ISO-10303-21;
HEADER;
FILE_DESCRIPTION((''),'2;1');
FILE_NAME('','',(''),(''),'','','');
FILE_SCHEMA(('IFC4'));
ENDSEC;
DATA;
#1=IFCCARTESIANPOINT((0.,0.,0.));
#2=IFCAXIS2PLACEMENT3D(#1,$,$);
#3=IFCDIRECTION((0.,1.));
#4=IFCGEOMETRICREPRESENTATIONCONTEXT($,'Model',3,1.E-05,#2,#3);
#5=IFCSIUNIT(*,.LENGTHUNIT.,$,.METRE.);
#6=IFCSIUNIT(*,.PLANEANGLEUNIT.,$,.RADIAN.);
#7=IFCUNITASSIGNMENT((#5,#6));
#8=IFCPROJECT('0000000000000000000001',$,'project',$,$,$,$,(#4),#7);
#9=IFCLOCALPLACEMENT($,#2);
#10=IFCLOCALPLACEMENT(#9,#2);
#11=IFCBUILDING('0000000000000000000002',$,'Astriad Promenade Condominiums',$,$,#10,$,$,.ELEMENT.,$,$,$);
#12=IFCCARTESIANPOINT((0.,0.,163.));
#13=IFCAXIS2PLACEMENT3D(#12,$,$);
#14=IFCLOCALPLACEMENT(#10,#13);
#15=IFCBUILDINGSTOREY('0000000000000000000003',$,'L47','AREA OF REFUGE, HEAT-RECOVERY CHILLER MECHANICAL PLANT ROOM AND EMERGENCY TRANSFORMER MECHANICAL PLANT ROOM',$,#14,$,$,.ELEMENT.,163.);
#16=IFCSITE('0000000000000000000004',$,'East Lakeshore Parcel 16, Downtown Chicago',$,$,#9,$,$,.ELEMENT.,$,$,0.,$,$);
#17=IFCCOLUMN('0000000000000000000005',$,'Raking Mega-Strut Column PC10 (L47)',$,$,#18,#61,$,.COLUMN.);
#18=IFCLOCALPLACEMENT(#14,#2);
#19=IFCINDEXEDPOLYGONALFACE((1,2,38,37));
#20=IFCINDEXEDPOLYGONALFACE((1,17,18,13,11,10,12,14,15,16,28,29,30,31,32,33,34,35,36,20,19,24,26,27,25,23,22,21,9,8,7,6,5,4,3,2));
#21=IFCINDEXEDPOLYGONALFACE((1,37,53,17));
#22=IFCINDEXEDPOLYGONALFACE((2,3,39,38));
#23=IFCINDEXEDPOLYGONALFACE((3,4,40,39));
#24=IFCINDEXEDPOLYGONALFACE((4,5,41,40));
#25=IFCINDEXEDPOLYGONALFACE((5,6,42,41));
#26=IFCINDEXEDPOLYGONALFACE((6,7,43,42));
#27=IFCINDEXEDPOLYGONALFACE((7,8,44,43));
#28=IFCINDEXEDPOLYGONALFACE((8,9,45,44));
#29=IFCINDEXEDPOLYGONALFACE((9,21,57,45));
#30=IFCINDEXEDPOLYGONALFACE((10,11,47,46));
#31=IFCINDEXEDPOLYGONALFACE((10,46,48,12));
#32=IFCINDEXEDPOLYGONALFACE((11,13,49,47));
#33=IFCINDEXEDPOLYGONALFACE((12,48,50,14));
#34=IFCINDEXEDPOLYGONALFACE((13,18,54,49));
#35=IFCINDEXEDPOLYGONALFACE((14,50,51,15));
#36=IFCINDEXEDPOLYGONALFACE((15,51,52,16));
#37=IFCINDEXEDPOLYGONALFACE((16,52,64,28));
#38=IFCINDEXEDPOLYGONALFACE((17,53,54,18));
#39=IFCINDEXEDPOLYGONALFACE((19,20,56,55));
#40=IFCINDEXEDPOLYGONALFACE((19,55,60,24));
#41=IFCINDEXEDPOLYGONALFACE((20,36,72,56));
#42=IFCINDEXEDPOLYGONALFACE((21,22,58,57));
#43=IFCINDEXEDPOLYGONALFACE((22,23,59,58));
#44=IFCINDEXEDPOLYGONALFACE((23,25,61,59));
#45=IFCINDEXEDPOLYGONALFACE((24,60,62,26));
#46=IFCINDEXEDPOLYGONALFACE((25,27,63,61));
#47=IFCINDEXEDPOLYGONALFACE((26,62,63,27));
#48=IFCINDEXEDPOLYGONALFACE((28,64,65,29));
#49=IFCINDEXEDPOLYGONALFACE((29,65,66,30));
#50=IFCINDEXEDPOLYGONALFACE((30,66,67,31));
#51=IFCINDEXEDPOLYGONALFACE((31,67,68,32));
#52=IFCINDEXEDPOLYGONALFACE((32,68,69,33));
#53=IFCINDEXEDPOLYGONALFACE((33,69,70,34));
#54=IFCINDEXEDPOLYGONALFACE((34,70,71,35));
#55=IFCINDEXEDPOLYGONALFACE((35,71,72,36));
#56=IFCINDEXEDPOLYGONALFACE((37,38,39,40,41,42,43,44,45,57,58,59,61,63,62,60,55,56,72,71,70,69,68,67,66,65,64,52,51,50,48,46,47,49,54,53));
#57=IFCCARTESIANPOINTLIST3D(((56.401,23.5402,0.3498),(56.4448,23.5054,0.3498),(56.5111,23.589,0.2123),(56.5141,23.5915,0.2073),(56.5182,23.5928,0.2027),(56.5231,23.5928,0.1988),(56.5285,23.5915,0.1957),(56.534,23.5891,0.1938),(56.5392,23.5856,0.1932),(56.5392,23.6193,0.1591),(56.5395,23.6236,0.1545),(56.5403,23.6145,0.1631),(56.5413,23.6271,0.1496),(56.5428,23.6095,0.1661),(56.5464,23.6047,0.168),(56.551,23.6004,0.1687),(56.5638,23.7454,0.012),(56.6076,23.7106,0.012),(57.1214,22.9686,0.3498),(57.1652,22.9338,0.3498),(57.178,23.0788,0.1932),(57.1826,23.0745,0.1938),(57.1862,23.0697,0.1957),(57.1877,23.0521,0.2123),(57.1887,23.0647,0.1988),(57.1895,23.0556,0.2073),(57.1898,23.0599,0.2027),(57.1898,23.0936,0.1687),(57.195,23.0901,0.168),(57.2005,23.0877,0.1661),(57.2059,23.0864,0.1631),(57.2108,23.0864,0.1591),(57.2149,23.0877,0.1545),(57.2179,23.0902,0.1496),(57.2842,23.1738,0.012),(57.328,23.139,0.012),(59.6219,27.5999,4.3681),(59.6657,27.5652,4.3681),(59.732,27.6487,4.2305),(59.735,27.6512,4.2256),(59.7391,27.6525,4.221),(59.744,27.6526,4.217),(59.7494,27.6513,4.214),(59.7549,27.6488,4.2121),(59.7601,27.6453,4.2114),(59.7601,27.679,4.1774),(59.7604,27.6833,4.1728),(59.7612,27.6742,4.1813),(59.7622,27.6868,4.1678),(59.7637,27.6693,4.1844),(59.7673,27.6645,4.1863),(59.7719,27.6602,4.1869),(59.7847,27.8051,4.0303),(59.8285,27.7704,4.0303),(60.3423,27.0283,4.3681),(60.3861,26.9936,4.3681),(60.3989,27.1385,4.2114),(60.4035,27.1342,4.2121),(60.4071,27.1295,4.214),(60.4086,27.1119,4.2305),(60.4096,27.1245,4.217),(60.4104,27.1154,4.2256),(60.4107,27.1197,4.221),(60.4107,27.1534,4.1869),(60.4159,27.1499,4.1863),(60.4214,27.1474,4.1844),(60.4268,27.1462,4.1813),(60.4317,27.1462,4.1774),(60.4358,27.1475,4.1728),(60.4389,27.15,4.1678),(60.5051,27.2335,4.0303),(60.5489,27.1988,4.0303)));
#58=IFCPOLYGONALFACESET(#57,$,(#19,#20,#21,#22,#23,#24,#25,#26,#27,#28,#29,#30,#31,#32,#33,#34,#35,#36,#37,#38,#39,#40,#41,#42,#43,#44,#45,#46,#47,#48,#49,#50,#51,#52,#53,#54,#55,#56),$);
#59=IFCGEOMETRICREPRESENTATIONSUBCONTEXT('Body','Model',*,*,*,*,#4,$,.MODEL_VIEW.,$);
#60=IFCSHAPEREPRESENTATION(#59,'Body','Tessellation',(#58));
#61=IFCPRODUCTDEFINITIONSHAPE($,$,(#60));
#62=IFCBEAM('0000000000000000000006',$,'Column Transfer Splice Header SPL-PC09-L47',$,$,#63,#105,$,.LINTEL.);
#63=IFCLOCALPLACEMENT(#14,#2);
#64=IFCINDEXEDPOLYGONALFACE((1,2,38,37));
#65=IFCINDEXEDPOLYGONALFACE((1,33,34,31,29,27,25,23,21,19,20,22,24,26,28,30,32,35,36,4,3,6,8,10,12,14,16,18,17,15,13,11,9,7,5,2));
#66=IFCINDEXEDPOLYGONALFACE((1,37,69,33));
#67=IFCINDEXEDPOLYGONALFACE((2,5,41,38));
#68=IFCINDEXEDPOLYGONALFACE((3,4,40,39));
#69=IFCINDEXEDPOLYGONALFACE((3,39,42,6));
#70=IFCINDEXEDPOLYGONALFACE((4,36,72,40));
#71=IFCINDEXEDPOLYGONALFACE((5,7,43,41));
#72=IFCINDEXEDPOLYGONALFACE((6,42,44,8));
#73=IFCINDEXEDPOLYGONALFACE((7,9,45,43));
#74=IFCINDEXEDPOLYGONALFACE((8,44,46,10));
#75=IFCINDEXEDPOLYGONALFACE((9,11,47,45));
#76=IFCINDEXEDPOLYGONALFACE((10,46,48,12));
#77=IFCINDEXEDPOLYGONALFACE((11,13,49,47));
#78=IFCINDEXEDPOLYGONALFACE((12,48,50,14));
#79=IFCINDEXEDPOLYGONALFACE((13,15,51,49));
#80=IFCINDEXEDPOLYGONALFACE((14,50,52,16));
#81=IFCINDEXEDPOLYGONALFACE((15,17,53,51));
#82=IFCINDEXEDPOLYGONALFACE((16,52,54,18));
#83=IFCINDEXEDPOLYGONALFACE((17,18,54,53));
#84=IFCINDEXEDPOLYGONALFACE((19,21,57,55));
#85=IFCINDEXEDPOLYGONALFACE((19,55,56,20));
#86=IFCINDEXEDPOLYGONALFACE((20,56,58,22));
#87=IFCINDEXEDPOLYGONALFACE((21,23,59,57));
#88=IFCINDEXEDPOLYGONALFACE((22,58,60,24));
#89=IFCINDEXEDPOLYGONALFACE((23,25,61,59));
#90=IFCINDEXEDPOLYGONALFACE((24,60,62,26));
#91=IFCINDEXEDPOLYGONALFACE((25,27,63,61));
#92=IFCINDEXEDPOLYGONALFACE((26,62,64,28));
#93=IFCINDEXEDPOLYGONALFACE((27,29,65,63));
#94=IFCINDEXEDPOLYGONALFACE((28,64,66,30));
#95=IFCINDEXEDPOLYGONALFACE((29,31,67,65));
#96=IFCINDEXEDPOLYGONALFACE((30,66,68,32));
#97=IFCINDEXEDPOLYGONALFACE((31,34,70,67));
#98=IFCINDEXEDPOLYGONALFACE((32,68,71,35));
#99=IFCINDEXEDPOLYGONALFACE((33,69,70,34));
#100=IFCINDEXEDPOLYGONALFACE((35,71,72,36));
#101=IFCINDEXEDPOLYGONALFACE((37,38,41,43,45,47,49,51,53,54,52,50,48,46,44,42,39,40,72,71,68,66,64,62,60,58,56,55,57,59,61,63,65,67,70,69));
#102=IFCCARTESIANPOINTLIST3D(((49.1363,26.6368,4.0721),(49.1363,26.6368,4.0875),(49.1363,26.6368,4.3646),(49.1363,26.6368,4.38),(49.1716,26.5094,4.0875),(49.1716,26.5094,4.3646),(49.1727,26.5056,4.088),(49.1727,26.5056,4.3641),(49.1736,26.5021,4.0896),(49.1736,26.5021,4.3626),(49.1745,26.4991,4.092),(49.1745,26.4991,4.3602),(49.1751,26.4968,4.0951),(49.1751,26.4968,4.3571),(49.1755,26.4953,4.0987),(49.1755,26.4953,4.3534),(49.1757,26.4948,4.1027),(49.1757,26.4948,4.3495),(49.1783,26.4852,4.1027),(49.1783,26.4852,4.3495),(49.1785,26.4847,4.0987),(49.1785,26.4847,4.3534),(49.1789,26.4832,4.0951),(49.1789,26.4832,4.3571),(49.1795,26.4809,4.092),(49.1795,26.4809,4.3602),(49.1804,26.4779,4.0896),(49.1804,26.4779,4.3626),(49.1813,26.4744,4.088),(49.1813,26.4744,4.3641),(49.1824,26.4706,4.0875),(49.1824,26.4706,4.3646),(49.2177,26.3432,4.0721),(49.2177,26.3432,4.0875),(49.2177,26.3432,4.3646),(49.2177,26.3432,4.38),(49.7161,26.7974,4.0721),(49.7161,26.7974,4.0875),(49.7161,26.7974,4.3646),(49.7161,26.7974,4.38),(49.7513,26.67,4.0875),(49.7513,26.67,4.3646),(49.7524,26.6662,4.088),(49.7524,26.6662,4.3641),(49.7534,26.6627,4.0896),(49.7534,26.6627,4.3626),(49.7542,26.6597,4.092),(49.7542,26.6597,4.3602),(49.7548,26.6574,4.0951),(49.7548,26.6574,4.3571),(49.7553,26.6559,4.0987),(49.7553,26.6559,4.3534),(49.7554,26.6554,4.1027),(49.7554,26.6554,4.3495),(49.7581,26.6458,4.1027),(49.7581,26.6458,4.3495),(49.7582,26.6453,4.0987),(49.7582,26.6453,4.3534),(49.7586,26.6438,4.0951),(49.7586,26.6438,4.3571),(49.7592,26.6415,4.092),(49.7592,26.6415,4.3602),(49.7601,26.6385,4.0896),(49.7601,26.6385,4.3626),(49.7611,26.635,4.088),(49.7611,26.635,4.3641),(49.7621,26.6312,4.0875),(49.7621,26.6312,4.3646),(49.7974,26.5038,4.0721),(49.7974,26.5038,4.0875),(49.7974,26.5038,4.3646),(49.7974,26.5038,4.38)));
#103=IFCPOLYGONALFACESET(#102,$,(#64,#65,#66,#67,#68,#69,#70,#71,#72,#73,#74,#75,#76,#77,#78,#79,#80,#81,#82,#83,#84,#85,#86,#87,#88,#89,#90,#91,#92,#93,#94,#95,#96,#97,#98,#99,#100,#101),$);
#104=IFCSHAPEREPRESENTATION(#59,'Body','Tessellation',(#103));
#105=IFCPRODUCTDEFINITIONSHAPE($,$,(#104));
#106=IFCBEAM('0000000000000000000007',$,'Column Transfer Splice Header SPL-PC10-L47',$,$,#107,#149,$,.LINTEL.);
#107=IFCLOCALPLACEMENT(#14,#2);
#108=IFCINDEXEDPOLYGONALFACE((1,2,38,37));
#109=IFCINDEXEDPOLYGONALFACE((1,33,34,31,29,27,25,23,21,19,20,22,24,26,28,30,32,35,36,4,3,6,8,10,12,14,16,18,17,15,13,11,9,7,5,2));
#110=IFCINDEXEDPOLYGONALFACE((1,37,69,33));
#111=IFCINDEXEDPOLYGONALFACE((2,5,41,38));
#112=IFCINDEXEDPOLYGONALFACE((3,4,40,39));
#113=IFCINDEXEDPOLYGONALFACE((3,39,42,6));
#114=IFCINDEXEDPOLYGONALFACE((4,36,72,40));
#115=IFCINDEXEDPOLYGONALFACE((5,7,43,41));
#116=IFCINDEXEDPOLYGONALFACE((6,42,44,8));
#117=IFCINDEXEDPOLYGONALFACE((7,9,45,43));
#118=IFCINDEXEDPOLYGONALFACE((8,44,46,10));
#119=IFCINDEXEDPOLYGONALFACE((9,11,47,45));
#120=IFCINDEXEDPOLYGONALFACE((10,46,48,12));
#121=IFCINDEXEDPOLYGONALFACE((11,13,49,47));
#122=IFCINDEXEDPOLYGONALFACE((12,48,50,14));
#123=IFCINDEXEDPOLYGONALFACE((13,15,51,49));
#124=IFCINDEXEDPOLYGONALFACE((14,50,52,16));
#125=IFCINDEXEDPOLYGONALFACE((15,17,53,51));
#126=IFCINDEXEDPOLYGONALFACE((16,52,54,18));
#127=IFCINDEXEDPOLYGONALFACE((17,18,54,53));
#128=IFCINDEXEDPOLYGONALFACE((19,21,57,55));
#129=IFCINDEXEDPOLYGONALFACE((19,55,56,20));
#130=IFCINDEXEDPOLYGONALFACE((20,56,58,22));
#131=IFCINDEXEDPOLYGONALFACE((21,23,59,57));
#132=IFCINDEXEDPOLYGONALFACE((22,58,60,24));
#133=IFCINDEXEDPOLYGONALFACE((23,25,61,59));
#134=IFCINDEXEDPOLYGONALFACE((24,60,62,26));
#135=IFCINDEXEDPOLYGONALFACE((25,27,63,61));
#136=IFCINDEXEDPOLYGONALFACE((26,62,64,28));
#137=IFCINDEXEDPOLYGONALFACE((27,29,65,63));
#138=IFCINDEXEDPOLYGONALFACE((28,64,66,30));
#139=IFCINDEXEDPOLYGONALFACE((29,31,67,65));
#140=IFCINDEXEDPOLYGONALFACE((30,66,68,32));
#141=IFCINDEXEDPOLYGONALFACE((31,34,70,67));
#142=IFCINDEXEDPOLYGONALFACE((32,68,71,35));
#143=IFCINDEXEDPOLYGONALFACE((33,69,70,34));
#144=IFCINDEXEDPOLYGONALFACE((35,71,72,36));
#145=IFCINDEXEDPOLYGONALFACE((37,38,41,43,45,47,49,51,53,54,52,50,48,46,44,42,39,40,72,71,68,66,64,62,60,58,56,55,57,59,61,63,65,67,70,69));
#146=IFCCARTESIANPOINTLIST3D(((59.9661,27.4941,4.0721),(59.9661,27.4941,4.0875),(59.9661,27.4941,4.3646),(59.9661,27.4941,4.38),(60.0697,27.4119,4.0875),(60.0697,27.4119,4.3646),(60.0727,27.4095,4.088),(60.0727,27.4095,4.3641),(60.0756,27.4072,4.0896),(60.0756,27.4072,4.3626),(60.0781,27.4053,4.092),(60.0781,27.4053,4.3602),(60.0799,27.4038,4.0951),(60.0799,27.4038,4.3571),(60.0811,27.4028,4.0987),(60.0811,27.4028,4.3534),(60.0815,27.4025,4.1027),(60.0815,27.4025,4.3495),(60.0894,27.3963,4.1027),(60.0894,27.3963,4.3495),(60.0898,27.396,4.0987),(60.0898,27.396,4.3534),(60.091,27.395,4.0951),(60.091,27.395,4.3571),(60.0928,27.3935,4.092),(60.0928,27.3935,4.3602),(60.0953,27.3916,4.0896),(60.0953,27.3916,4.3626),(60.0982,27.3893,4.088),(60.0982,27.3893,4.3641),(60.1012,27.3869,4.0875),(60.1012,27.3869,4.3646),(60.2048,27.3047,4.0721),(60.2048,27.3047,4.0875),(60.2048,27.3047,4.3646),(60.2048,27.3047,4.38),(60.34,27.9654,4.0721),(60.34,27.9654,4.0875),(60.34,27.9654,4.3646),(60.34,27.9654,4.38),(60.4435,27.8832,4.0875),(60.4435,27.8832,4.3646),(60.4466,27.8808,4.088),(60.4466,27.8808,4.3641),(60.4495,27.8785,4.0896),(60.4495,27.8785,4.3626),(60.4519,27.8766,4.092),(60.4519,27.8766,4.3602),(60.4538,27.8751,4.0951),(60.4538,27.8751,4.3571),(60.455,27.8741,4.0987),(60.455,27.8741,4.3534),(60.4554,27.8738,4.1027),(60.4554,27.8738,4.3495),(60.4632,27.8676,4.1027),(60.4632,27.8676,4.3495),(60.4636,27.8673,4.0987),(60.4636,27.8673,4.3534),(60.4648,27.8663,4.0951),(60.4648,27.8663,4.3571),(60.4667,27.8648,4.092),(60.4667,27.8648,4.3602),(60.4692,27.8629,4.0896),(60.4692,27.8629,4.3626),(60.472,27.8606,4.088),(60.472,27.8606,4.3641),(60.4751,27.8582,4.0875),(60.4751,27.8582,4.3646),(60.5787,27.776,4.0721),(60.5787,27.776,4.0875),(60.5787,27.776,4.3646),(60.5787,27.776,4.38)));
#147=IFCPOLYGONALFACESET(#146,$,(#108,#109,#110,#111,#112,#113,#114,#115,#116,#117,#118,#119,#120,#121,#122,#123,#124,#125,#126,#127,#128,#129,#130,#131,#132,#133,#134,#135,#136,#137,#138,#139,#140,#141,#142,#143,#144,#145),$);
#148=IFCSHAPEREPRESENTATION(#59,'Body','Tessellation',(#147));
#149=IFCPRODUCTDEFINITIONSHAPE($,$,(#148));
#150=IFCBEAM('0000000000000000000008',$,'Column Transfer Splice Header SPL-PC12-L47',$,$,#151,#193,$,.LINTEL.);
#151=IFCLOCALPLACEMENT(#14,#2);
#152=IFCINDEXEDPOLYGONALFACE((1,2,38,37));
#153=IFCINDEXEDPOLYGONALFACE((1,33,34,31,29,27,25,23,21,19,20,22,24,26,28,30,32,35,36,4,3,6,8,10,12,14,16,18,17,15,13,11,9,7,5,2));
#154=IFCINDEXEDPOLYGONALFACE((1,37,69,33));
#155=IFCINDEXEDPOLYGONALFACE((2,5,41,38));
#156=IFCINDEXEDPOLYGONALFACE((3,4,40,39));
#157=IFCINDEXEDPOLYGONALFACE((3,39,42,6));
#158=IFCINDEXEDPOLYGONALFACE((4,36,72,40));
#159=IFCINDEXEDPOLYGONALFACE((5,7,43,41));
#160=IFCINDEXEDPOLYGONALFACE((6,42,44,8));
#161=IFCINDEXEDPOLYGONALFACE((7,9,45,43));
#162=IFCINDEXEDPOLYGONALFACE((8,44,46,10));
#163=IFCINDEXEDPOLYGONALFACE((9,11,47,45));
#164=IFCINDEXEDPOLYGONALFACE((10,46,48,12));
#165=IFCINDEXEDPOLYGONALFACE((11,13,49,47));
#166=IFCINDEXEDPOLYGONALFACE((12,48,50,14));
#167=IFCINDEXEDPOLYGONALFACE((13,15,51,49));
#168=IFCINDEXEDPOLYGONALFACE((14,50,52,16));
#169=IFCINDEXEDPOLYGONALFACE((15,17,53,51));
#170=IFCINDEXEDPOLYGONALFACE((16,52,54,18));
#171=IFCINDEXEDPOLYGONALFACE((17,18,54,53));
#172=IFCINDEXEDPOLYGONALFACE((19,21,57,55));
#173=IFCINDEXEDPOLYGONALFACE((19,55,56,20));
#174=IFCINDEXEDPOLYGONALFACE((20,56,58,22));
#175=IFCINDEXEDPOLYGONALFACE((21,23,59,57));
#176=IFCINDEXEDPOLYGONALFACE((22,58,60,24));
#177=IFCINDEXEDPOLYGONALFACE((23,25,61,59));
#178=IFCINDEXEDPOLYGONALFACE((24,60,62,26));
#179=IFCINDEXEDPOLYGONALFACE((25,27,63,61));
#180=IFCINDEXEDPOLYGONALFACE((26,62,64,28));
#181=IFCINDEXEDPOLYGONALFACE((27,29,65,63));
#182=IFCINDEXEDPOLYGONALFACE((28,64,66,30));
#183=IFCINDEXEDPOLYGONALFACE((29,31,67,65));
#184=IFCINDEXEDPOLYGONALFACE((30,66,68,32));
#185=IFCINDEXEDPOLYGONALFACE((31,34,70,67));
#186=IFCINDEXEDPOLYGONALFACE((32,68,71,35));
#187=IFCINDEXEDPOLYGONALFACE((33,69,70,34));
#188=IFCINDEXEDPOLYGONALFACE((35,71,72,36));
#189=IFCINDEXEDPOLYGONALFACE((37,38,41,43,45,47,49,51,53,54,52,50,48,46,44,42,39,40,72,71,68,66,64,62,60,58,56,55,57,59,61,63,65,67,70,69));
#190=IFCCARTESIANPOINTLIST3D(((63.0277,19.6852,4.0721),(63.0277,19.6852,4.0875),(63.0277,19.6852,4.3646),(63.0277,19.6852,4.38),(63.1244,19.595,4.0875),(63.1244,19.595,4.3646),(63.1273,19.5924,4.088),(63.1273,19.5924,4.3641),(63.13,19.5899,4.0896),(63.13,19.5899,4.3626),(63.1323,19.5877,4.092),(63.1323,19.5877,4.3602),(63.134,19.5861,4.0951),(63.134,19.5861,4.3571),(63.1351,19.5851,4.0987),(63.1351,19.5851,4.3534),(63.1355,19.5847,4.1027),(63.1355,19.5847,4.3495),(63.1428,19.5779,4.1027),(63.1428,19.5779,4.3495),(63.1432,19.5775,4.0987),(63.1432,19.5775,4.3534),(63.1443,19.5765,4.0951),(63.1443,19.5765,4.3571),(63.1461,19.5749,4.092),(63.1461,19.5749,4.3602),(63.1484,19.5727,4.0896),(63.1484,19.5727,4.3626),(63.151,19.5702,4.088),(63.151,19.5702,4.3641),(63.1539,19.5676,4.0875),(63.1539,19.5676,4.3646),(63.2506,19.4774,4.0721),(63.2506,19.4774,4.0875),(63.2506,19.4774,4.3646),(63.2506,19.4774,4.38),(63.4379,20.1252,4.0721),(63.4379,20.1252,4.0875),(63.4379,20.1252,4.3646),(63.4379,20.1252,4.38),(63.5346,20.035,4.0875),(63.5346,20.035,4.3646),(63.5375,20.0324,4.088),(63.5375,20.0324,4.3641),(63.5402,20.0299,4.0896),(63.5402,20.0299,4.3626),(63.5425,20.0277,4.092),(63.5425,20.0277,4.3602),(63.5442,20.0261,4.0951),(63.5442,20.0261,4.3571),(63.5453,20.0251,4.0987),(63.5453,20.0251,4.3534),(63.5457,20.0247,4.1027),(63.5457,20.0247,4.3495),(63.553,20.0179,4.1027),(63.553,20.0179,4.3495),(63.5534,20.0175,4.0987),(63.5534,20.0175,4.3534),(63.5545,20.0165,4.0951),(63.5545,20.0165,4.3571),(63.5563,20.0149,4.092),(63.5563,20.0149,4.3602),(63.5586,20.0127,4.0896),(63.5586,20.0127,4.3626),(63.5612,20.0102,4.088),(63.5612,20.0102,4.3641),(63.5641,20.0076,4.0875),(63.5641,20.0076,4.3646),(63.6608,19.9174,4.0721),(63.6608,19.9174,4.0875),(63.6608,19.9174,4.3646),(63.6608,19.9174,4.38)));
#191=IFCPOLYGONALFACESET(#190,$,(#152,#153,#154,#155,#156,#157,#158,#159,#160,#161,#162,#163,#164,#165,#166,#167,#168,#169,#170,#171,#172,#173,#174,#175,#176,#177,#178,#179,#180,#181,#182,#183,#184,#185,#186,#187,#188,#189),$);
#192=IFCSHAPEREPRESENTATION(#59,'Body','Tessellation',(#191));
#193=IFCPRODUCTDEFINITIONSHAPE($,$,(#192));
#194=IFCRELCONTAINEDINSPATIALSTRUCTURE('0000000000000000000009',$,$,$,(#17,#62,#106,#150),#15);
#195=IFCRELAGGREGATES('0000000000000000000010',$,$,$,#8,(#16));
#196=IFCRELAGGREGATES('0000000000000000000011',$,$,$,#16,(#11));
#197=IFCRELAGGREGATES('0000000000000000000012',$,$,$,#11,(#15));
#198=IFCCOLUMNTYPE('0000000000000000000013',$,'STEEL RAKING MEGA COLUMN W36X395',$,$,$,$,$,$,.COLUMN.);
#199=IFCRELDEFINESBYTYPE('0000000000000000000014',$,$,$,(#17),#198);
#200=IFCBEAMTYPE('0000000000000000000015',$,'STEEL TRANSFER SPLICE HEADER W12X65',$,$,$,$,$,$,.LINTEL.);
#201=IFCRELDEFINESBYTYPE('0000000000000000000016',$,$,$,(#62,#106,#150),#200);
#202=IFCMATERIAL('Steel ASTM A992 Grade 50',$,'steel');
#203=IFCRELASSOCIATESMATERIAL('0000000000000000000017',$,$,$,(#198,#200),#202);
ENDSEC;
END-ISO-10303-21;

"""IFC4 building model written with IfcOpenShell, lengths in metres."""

from ifc_helpers import new_model, si_unit, direction, frame, origin, origin_2d, place, context, subcontext, project, spatial, i_section, extrude, source, transform, mapped, material, material_profile, profile_set, type_object, type_shapes, element, save


model = new_model("IFC4")

# Units and contexts
model_context = context("Model", 3, precision=1e-05, world=origin(), true_north=direction((0.0, 1.0)))
body_context = subcontext(model_context, "Body", "Model", "MODEL_VIEW")
ifc_project = project(units=[si_unit("LENGTHUNIT", "METRE"), si_unit("PLANEANGLEUNIT", "RADIAN")], contexts=[model_context])

# Site, building, storey
site_placement = place(None, origin())
site = spatial("IfcSite", under=ifc_project, at=site_placement, Name="East Lakeshore Parcel 16, Downtown Chicago", CompositionType="ELEMENT", RefElevation=0.0)
building_placement = place(site_placement, origin())
building = spatial("IfcBuilding", under=site, at=building_placement, Name="Astriad Promenade Condominiums", CompositionType="ELEMENT")
storey_placement = place(building_placement, frame((0.0, 0.0, 163.0)))
storey = spatial("IfcBuildingStorey", under=building, at=storey_placement, Name="L47", Description="AREA OF REFUGE, HEAT-RECOVERY CHILLER MECHANICAL PLANT ROOM AND EMERGENCY TRANSFORMER MECHANICAL PLANT ROOM", CompositionType="ELEMENT", Elevation=163.0)

# Column
ifc_material_1 = material(Name="Steel ASTM A992 Grade 50", Category="steel")
ifc_material_profile_1 = material_profile(ifc_material_1, i_section(OverallWidth=0.4275, OverallDepth=0.9756, WebThickness=0.031, FlangeThickness=0.0559, FilletRadius=0.0242, at=origin_2d()), Name="W36X395")
ifc_profile_set_1 = profile_set([ifc_material_profile_1], Name="Steel ASTM A992 Grade 50")
column_type = type_object("IfcColumnType", Name="STEEL RAKING MEGA COLUMN W36X395", PredefinedType="COLUMN", material=ifc_profile_set_1)
shared_shape_1 = source(origin(), body_context, "Body", "SweptSolid", [
    extrude(i_section(OverallWidth=0.4275, OverallDepth=0.9756, WebThickness=0.031, FlangeThickness=0.0559, FilletRadius=0.0242, at=origin_2d()), origin(), (0.0, 0.0, 1.0), 6.5576),
])
type_shapes(column_type, [shared_shape_1])
column_placement = place(storey_placement, frame((56.8645, 23.3396, 0.1809), z_axis=(0.49117, 0.619091, 0.612762), x_axis=(-0.380847, -0.480035, 0.790267)))
element("IfcColumn", 1, at=column_placement, inside=storey, type_object=column_type, Name="Raking Mega-Strut Column PC10 (L47)", PredefinedType="COLUMN", context=body_context, shape_type="MappedRepresentation", body=[
    mapped(shared_shape_1, transform((0.0, 0.0, 0.0), scale=1.0)),
])

# Beams
ifc_material_profile_2 = material_profile(ifc_material_1, i_section(OverallWidth=0.3047, OverallDepth=0.3079, WebThickness=0.01, FlangeThickness=0.0154, FilletRadius=0.0151, at=origin_2d()), Name="W12X65")
ifc_profile_set_2 = profile_set([ifc_material_profile_2], Name="Steel ASTM A992 Grade 50")
beam_type_1 = type_object("IfcBeamType", Name="STEEL TRANSFER SPLICE HEADER W12X65", PredefinedType="LINTEL", material=ifc_profile_set_2)
shared_shape_2 = source(origin(), body_context, "Body", "SweptSolid", [
    extrude(i_section(OverallWidth=0.3047, OverallDepth=0.3079, WebThickness=0.01, FlangeThickness=0.0154, FilletRadius=0.0151, at=origin_2d()), origin(), (0.0, 0.0, 1.0), 0.6016),
])
type_shapes(beam_type_1, [shared_shape_2])
for number, where, z_axis, x_axis, name in (
    (2, (49.177, 26.49, 4.2261), (0.963698, 0.266995, 0.0), (-0.266995, 0.963698, 0.0), "Column Transfer Splice Header SPL-PC09-L47"),
    (3, (60.0854, 27.3994, 4.2261), (0.621472, 0.783436, 0.0), (-0.783436, 0.621472, 0.0), "Column Transfer Splice Header SPL-PC10-L47"),
    (4, (63.1392, 19.5813, 4.2261), (0.681913, 0.731433, 0.0), (-0.731433, 0.681913, 0.0), "Column Transfer Splice Header SPL-PC12-L47"),
):
    element("IfcBeam", number, at=place(storey_placement, frame(where, z_axis=z_axis, x_axis=x_axis)), inside=storey, type_object=beam_type_1, Name=name, PredefinedType="LINTEL", context=body_context, shape_type="MappedRepresentation", body=[
        mapped(shared_shape_2, transform((0.0, 0.0, 0.0), scale=1.0)),
    ])

save(model, "model.ifc")
